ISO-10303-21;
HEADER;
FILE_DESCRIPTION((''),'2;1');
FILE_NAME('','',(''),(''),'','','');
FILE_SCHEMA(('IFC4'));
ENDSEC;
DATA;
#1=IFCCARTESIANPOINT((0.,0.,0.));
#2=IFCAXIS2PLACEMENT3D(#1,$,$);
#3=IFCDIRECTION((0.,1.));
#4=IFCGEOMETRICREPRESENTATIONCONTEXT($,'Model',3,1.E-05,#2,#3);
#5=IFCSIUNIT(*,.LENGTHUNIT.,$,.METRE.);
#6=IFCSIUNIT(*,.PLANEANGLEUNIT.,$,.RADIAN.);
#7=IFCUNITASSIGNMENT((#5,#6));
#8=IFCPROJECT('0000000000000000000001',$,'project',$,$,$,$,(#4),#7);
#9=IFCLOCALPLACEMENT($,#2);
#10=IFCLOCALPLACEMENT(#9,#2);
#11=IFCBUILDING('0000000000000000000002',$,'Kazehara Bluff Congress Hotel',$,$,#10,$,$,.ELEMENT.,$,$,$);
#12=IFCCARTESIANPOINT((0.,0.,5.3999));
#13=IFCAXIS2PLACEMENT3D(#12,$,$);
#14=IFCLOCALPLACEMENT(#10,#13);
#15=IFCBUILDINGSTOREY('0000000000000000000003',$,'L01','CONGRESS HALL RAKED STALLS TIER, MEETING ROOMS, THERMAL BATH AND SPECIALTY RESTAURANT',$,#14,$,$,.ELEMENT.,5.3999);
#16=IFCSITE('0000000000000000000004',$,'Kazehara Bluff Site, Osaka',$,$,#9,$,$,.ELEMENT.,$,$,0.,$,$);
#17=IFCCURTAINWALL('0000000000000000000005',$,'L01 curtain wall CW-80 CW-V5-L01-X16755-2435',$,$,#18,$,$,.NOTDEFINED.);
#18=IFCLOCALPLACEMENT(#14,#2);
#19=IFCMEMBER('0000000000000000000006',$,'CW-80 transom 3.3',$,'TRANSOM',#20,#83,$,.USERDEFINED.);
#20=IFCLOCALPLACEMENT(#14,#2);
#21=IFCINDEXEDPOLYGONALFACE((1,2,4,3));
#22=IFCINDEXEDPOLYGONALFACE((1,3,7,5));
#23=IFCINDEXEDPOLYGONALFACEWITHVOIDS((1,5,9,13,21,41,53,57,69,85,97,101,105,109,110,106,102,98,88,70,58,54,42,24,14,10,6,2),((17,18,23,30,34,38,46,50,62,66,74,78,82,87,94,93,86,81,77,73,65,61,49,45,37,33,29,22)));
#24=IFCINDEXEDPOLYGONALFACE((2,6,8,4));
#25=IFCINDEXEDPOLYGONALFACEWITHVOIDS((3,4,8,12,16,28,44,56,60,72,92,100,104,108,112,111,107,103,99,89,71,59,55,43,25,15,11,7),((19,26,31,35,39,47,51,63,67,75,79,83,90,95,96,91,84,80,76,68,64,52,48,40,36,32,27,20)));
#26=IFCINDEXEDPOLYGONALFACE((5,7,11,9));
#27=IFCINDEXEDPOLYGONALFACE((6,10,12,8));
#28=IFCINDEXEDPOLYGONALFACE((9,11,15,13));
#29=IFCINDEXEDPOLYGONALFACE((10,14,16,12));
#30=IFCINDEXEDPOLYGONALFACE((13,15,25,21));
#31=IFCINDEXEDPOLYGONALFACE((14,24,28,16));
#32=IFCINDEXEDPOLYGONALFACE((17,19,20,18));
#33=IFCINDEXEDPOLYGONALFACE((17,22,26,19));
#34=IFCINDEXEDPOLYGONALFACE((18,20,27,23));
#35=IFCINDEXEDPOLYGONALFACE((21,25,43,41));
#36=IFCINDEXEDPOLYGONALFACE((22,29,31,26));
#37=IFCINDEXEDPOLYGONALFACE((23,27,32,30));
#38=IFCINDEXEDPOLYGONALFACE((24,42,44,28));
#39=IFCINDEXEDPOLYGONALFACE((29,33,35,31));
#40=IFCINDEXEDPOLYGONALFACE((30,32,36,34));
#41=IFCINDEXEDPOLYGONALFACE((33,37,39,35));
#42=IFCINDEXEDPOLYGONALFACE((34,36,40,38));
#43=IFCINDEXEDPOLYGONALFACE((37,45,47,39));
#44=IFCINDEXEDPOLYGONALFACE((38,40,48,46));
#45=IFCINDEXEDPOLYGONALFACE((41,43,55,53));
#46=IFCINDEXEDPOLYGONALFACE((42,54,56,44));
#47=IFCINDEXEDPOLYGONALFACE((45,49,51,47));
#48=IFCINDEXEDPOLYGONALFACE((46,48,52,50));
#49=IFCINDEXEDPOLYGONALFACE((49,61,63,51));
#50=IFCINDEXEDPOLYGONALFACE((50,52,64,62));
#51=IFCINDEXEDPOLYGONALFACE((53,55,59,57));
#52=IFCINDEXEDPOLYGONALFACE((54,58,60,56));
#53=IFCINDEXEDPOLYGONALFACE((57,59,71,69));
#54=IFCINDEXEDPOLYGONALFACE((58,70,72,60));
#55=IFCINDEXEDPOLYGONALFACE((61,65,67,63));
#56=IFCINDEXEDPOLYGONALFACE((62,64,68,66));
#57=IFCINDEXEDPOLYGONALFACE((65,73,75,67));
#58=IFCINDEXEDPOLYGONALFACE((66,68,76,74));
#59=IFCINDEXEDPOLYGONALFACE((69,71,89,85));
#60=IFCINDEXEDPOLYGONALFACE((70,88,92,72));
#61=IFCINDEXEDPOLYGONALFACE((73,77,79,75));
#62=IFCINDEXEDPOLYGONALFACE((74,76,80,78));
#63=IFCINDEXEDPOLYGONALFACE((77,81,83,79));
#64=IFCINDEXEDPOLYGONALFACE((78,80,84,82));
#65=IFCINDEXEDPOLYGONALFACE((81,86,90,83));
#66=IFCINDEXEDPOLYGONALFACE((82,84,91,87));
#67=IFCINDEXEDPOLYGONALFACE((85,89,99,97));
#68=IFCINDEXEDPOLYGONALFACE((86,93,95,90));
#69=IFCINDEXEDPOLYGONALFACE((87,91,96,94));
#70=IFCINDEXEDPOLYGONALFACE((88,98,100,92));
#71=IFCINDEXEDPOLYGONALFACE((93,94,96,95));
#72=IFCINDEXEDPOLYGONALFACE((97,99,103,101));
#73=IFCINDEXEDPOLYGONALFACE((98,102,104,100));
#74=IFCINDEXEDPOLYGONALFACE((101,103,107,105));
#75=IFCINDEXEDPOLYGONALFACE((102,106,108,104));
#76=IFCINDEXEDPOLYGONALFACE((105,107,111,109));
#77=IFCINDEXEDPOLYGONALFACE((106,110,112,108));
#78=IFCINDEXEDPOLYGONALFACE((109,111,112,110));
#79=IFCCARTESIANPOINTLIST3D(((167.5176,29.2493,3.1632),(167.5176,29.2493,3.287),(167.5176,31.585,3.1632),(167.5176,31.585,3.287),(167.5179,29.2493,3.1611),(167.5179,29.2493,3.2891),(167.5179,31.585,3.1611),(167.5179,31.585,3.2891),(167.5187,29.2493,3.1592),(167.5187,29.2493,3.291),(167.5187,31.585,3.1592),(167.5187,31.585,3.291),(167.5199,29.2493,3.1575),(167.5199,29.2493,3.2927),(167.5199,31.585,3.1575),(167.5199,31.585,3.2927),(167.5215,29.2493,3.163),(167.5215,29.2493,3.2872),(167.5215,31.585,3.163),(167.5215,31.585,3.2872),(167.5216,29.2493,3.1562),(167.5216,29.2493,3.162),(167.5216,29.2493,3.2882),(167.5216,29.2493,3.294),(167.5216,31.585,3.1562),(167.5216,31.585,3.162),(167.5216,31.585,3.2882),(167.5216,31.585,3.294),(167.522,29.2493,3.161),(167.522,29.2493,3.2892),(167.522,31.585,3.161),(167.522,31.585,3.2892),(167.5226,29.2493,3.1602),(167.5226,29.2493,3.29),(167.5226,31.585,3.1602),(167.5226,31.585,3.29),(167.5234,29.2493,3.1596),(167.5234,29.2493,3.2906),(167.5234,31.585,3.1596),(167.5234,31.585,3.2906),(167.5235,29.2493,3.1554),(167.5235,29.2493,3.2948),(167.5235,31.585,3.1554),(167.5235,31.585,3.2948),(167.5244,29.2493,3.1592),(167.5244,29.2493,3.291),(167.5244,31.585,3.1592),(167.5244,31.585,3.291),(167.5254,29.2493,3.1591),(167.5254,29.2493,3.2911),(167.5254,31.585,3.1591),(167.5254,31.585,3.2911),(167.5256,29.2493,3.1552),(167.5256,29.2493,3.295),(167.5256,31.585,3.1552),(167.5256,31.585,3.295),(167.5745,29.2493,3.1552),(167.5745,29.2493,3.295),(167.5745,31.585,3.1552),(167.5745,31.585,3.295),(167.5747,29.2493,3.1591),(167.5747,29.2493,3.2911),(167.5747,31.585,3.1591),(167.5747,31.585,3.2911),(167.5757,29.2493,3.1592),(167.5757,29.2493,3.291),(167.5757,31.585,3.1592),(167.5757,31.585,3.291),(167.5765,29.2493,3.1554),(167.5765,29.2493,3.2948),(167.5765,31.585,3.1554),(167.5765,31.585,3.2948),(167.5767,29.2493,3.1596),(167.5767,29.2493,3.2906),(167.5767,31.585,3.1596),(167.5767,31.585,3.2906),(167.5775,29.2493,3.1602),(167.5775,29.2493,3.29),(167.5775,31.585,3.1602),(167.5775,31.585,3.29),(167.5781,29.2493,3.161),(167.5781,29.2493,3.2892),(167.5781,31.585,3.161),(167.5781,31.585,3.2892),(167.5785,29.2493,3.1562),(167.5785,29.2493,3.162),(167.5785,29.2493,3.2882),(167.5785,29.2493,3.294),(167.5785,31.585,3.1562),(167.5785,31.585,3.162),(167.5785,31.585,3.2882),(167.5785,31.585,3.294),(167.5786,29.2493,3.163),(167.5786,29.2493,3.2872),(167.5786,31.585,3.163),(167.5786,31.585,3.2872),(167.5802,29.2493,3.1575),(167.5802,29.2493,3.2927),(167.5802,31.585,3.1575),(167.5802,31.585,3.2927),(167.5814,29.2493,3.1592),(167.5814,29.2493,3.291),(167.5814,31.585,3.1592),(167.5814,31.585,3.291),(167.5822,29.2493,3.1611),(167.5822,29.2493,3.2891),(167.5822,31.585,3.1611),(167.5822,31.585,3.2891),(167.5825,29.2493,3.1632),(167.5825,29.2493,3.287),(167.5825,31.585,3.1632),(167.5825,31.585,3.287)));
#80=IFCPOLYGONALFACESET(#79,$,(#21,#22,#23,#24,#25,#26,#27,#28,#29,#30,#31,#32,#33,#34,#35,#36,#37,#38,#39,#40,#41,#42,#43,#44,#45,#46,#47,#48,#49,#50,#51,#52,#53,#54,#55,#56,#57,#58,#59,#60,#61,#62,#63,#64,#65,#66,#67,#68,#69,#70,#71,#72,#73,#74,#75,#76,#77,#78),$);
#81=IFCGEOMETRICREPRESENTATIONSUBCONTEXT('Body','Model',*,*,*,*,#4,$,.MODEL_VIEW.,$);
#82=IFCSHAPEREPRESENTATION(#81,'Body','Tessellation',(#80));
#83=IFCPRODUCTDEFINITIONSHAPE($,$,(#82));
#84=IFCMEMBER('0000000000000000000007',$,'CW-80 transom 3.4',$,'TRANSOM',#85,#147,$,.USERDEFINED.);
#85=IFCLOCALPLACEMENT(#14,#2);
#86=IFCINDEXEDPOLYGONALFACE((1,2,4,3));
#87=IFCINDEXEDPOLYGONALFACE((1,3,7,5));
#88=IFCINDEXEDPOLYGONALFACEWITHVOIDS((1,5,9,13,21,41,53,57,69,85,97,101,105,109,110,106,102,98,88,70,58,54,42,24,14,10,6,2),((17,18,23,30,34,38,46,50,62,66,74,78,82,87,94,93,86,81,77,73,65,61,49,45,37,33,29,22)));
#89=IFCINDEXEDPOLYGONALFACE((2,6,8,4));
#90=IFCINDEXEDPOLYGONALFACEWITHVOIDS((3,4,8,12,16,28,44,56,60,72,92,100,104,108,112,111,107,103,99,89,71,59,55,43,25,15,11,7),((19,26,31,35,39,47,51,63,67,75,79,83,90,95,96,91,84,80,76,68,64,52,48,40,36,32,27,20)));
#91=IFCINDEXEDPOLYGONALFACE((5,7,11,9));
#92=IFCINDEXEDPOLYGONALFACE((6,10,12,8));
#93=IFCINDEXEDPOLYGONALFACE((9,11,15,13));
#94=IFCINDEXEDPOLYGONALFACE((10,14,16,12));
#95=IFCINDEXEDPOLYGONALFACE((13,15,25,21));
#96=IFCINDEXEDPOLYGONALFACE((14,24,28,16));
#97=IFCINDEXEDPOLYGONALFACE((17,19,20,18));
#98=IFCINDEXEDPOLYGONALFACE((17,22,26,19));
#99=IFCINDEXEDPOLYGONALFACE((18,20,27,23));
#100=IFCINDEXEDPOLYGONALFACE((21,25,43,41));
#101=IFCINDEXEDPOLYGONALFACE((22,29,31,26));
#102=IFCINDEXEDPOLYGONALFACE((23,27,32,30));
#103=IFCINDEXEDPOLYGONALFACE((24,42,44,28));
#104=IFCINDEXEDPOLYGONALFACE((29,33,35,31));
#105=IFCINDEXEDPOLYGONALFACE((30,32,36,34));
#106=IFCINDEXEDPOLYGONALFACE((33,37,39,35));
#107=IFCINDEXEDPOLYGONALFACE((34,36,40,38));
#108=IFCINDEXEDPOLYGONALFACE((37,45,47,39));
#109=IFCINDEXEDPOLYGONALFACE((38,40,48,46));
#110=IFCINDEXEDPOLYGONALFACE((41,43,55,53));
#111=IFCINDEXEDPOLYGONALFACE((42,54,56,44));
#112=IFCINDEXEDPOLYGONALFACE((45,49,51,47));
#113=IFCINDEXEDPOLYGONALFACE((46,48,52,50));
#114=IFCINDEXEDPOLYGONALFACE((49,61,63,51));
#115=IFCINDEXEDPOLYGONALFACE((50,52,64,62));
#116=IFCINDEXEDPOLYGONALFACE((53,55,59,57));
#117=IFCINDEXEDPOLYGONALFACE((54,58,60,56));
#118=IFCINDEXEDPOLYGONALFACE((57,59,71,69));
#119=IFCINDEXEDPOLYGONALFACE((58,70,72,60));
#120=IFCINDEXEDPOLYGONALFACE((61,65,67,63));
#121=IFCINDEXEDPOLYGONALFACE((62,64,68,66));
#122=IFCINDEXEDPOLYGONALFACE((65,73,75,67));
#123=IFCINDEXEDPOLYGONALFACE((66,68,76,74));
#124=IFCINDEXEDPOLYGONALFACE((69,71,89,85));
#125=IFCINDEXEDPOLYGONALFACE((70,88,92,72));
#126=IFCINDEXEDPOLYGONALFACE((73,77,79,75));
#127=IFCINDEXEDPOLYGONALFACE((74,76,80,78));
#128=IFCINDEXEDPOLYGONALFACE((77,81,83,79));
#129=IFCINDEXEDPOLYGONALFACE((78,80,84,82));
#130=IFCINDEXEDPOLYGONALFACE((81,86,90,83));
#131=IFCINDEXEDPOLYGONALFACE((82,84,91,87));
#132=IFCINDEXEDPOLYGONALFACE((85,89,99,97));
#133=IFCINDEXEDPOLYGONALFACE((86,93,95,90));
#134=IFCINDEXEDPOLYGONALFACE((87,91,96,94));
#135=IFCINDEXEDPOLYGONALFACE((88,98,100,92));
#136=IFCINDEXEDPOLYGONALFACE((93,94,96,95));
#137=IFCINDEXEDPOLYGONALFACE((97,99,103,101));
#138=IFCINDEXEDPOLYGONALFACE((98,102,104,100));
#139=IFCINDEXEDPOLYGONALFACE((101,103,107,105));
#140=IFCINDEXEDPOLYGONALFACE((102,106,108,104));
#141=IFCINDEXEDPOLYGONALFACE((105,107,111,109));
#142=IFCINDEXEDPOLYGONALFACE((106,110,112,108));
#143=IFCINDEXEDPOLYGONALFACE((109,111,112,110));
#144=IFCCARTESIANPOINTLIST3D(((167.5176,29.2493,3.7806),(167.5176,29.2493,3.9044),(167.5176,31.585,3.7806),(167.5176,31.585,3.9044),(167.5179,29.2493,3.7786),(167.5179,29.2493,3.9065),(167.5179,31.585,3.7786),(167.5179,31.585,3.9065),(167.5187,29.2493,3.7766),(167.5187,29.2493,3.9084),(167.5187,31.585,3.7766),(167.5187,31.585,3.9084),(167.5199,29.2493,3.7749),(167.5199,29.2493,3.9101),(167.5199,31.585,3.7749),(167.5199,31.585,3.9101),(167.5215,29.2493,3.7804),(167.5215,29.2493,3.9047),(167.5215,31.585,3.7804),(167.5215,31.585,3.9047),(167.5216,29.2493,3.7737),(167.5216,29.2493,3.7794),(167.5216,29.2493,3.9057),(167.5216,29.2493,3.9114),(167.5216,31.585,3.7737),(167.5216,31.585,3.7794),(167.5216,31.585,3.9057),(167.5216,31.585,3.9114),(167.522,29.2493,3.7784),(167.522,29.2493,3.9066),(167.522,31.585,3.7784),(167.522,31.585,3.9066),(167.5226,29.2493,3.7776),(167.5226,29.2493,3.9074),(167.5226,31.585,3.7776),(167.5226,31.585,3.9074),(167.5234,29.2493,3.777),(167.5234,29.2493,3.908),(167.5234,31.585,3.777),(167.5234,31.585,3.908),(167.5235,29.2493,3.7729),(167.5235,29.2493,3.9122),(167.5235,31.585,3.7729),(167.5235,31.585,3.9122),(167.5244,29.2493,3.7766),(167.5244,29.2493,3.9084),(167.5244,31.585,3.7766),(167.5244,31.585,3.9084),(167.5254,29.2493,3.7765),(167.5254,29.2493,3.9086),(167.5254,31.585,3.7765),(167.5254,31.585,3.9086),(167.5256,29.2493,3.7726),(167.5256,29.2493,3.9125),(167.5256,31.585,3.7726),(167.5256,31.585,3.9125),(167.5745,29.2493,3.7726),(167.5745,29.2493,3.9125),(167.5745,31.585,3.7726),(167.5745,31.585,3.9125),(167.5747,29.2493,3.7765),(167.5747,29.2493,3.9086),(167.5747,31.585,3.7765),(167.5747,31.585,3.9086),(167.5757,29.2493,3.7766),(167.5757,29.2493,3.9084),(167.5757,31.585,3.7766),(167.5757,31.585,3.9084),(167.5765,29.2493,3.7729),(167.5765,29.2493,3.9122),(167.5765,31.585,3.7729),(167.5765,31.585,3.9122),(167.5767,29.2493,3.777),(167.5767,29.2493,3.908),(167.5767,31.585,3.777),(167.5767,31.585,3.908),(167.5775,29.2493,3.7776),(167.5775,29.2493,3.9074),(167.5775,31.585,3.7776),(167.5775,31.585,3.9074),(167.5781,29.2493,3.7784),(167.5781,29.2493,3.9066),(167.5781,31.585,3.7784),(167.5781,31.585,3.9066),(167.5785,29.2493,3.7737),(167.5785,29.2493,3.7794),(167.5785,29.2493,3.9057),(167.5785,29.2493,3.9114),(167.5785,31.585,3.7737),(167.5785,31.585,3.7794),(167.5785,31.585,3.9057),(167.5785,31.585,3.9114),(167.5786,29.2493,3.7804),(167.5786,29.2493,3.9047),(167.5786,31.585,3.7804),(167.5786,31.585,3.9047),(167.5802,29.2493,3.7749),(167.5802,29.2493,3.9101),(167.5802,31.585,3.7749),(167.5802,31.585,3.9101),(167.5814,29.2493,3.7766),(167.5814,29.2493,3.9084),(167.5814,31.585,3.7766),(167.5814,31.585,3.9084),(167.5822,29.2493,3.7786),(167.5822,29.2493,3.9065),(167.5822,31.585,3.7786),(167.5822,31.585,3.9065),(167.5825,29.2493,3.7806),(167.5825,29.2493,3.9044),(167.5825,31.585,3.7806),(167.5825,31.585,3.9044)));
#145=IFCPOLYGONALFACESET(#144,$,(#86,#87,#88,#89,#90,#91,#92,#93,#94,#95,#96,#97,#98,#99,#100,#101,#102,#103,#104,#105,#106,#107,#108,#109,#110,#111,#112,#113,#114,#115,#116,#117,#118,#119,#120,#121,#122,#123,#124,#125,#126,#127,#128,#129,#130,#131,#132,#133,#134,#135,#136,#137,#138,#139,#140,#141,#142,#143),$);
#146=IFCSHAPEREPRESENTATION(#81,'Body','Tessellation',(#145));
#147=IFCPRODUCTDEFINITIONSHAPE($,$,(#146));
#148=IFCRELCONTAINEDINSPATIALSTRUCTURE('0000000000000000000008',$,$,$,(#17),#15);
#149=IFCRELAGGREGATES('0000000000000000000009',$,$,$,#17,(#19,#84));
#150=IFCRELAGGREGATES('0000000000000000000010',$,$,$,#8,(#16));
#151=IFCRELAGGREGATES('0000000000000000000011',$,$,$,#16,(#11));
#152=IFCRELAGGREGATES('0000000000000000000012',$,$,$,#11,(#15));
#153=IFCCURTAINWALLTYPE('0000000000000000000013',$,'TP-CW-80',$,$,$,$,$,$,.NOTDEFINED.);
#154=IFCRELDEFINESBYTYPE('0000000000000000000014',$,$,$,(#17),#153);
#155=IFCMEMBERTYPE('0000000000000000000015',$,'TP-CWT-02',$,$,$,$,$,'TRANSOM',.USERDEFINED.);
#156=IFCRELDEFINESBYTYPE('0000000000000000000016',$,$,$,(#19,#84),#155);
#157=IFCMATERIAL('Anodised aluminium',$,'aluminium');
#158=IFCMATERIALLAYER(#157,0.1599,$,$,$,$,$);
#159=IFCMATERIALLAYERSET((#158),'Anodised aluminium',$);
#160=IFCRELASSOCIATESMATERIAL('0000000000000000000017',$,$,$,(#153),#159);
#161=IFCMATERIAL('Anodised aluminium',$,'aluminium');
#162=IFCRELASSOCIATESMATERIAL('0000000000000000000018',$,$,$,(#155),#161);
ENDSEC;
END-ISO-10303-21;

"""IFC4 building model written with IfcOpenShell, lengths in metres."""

from ifc_helpers import new_model, si_unit, direction, frame, origin, origin_2d, place, context, subcontext, project, spatial, hollow_rectangle, extrude, material, layer, layer_set, material_profile, profile_set, type_object, element, aggregate, save


model = new_model("IFC4")

# Units and contexts
model_context = context("Model", 3, precision=1e-05, world=origin(), true_north=direction((0.0, 1.0)))
body_context = subcontext(model_context, "Body", "Model", "MODEL_VIEW")
ifc_project = project(units=[si_unit("LENGTHUNIT", "METRE"), si_unit("PLANEANGLEUNIT", "RADIAN")], contexts=[model_context])

# Site, building, storey
site_placement = place(None, origin())
site = spatial("IfcSite", under=ifc_project, at=site_placement, Name="Kazehara Bluff Site, Osaka", CompositionType="ELEMENT", RefElevation=0.0)
building_placement = place(site_placement, origin())
building = spatial("IfcBuilding", under=site, at=building_placement, Name="Kazehara Bluff Congress Hotel", CompositionType="ELEMENT")
storey_placement = place(building_placement, frame((0.0, 0.0, 5.3999)))
storey = spatial("IfcBuildingStorey", under=building, at=storey_placement, Name="L01", Description="CONGRESS HALL RAKED STALLS TIER, MEETING ROOMS, THERMAL BATH AND SPECIALTY RESTAURANT", CompositionType="ELEMENT", Elevation=5.3999)

# Curtain wall
ifc_material_1 = material(Name="Anodised aluminium", Category="aluminium")
ifc_layer_1 = layer(ifc_material_1, 0.1599)
ifc_layer_set_1 = layer_set([ifc_layer_1], Name="Anodised aluminium")
curtain_wall_type_1 = type_object("IfcCurtainWallType", Name="TP-CW-80", PredefinedType="NOTDEFINED", material=ifc_layer_set_1)
curtain_wall_1_placement = place(storey_placement, origin())
curtain_wall_1 = element("IfcCurtainWall", 1, at=curtain_wall_1_placement, inside=storey, type_object=curtain_wall_type_1, Name="L01 curtain wall CW-80 CW-V5-L01-X16755-2435", PredefinedType="NOTDEFINED")

# Members
ifc_material_2 = material(Name="Anodised aluminium", Category="aluminium")
ifc_material_profile_1 = material_profile(ifc_material_2, hollow_rectangle(XDim=0.0649, YDim=0.1399, WallThickness=0.0039, InnerFilletRadius=0.0039, OuterFilletRadius=0.0081, at=origin_2d()))
ifc_profile_set_1 = profile_set([ifc_material_profile_1], Name="Anodised aluminium")
member_type_1 = type_object("IfcMemberType", Name="TP-CWT-02", ElementType="TRANSOM", PredefinedType="USERDEFINED", material=ifc_profile_set_1)
member_1_placement = place(storey_placement, frame((167.55, 29.2493, 3.2251), z_axis=(0.0, 1.0, 0.0), x_axis=(-1.0, 0.0, 0.0)))
member_1 = element("IfcMember", 2, at=member_1_placement, type_object=member_type_1, Name="CW-80 transom 3.3", ObjectType="TRANSOM", PredefinedType="USERDEFINED", context=body_context, shape_type="SweptSolid", body=[
    extrude(hollow_rectangle(XDim=0.0649, YDim=0.1399, WallThickness=0.0039, InnerFilletRadius=0.0039, OuterFilletRadius=0.0081, at=origin_2d()), origin(), (0.0, 0.0, 1.0), 2.3357),
])
member_2_placement = place(storey_placement, frame((167.55, 29.2493, 3.8425), z_axis=(0.0, 1.0, 0.0), x_axis=(-1.0, 0.0, 0.0)))
member_2 = element("IfcMember", 3, at=member_2_placement, type_object=member_type_1, Name="CW-80 transom 3.4", ObjectType="TRANSOM", PredefinedType="USERDEFINED", context=body_context, shape_type="SweptSolid", body=[
    extrude(hollow_rectangle(XDim=0.0649, YDim=0.1399, WallThickness=0.0039, InnerFilletRadius=0.0039, OuterFilletRadius=0.0081, at=origin_2d()), origin(), (0.0, 0.0, 1.0), 2.3357),
])

aggregate(curtain_wall_1, [member_1, member_2])

save(model, "model.ifc")
